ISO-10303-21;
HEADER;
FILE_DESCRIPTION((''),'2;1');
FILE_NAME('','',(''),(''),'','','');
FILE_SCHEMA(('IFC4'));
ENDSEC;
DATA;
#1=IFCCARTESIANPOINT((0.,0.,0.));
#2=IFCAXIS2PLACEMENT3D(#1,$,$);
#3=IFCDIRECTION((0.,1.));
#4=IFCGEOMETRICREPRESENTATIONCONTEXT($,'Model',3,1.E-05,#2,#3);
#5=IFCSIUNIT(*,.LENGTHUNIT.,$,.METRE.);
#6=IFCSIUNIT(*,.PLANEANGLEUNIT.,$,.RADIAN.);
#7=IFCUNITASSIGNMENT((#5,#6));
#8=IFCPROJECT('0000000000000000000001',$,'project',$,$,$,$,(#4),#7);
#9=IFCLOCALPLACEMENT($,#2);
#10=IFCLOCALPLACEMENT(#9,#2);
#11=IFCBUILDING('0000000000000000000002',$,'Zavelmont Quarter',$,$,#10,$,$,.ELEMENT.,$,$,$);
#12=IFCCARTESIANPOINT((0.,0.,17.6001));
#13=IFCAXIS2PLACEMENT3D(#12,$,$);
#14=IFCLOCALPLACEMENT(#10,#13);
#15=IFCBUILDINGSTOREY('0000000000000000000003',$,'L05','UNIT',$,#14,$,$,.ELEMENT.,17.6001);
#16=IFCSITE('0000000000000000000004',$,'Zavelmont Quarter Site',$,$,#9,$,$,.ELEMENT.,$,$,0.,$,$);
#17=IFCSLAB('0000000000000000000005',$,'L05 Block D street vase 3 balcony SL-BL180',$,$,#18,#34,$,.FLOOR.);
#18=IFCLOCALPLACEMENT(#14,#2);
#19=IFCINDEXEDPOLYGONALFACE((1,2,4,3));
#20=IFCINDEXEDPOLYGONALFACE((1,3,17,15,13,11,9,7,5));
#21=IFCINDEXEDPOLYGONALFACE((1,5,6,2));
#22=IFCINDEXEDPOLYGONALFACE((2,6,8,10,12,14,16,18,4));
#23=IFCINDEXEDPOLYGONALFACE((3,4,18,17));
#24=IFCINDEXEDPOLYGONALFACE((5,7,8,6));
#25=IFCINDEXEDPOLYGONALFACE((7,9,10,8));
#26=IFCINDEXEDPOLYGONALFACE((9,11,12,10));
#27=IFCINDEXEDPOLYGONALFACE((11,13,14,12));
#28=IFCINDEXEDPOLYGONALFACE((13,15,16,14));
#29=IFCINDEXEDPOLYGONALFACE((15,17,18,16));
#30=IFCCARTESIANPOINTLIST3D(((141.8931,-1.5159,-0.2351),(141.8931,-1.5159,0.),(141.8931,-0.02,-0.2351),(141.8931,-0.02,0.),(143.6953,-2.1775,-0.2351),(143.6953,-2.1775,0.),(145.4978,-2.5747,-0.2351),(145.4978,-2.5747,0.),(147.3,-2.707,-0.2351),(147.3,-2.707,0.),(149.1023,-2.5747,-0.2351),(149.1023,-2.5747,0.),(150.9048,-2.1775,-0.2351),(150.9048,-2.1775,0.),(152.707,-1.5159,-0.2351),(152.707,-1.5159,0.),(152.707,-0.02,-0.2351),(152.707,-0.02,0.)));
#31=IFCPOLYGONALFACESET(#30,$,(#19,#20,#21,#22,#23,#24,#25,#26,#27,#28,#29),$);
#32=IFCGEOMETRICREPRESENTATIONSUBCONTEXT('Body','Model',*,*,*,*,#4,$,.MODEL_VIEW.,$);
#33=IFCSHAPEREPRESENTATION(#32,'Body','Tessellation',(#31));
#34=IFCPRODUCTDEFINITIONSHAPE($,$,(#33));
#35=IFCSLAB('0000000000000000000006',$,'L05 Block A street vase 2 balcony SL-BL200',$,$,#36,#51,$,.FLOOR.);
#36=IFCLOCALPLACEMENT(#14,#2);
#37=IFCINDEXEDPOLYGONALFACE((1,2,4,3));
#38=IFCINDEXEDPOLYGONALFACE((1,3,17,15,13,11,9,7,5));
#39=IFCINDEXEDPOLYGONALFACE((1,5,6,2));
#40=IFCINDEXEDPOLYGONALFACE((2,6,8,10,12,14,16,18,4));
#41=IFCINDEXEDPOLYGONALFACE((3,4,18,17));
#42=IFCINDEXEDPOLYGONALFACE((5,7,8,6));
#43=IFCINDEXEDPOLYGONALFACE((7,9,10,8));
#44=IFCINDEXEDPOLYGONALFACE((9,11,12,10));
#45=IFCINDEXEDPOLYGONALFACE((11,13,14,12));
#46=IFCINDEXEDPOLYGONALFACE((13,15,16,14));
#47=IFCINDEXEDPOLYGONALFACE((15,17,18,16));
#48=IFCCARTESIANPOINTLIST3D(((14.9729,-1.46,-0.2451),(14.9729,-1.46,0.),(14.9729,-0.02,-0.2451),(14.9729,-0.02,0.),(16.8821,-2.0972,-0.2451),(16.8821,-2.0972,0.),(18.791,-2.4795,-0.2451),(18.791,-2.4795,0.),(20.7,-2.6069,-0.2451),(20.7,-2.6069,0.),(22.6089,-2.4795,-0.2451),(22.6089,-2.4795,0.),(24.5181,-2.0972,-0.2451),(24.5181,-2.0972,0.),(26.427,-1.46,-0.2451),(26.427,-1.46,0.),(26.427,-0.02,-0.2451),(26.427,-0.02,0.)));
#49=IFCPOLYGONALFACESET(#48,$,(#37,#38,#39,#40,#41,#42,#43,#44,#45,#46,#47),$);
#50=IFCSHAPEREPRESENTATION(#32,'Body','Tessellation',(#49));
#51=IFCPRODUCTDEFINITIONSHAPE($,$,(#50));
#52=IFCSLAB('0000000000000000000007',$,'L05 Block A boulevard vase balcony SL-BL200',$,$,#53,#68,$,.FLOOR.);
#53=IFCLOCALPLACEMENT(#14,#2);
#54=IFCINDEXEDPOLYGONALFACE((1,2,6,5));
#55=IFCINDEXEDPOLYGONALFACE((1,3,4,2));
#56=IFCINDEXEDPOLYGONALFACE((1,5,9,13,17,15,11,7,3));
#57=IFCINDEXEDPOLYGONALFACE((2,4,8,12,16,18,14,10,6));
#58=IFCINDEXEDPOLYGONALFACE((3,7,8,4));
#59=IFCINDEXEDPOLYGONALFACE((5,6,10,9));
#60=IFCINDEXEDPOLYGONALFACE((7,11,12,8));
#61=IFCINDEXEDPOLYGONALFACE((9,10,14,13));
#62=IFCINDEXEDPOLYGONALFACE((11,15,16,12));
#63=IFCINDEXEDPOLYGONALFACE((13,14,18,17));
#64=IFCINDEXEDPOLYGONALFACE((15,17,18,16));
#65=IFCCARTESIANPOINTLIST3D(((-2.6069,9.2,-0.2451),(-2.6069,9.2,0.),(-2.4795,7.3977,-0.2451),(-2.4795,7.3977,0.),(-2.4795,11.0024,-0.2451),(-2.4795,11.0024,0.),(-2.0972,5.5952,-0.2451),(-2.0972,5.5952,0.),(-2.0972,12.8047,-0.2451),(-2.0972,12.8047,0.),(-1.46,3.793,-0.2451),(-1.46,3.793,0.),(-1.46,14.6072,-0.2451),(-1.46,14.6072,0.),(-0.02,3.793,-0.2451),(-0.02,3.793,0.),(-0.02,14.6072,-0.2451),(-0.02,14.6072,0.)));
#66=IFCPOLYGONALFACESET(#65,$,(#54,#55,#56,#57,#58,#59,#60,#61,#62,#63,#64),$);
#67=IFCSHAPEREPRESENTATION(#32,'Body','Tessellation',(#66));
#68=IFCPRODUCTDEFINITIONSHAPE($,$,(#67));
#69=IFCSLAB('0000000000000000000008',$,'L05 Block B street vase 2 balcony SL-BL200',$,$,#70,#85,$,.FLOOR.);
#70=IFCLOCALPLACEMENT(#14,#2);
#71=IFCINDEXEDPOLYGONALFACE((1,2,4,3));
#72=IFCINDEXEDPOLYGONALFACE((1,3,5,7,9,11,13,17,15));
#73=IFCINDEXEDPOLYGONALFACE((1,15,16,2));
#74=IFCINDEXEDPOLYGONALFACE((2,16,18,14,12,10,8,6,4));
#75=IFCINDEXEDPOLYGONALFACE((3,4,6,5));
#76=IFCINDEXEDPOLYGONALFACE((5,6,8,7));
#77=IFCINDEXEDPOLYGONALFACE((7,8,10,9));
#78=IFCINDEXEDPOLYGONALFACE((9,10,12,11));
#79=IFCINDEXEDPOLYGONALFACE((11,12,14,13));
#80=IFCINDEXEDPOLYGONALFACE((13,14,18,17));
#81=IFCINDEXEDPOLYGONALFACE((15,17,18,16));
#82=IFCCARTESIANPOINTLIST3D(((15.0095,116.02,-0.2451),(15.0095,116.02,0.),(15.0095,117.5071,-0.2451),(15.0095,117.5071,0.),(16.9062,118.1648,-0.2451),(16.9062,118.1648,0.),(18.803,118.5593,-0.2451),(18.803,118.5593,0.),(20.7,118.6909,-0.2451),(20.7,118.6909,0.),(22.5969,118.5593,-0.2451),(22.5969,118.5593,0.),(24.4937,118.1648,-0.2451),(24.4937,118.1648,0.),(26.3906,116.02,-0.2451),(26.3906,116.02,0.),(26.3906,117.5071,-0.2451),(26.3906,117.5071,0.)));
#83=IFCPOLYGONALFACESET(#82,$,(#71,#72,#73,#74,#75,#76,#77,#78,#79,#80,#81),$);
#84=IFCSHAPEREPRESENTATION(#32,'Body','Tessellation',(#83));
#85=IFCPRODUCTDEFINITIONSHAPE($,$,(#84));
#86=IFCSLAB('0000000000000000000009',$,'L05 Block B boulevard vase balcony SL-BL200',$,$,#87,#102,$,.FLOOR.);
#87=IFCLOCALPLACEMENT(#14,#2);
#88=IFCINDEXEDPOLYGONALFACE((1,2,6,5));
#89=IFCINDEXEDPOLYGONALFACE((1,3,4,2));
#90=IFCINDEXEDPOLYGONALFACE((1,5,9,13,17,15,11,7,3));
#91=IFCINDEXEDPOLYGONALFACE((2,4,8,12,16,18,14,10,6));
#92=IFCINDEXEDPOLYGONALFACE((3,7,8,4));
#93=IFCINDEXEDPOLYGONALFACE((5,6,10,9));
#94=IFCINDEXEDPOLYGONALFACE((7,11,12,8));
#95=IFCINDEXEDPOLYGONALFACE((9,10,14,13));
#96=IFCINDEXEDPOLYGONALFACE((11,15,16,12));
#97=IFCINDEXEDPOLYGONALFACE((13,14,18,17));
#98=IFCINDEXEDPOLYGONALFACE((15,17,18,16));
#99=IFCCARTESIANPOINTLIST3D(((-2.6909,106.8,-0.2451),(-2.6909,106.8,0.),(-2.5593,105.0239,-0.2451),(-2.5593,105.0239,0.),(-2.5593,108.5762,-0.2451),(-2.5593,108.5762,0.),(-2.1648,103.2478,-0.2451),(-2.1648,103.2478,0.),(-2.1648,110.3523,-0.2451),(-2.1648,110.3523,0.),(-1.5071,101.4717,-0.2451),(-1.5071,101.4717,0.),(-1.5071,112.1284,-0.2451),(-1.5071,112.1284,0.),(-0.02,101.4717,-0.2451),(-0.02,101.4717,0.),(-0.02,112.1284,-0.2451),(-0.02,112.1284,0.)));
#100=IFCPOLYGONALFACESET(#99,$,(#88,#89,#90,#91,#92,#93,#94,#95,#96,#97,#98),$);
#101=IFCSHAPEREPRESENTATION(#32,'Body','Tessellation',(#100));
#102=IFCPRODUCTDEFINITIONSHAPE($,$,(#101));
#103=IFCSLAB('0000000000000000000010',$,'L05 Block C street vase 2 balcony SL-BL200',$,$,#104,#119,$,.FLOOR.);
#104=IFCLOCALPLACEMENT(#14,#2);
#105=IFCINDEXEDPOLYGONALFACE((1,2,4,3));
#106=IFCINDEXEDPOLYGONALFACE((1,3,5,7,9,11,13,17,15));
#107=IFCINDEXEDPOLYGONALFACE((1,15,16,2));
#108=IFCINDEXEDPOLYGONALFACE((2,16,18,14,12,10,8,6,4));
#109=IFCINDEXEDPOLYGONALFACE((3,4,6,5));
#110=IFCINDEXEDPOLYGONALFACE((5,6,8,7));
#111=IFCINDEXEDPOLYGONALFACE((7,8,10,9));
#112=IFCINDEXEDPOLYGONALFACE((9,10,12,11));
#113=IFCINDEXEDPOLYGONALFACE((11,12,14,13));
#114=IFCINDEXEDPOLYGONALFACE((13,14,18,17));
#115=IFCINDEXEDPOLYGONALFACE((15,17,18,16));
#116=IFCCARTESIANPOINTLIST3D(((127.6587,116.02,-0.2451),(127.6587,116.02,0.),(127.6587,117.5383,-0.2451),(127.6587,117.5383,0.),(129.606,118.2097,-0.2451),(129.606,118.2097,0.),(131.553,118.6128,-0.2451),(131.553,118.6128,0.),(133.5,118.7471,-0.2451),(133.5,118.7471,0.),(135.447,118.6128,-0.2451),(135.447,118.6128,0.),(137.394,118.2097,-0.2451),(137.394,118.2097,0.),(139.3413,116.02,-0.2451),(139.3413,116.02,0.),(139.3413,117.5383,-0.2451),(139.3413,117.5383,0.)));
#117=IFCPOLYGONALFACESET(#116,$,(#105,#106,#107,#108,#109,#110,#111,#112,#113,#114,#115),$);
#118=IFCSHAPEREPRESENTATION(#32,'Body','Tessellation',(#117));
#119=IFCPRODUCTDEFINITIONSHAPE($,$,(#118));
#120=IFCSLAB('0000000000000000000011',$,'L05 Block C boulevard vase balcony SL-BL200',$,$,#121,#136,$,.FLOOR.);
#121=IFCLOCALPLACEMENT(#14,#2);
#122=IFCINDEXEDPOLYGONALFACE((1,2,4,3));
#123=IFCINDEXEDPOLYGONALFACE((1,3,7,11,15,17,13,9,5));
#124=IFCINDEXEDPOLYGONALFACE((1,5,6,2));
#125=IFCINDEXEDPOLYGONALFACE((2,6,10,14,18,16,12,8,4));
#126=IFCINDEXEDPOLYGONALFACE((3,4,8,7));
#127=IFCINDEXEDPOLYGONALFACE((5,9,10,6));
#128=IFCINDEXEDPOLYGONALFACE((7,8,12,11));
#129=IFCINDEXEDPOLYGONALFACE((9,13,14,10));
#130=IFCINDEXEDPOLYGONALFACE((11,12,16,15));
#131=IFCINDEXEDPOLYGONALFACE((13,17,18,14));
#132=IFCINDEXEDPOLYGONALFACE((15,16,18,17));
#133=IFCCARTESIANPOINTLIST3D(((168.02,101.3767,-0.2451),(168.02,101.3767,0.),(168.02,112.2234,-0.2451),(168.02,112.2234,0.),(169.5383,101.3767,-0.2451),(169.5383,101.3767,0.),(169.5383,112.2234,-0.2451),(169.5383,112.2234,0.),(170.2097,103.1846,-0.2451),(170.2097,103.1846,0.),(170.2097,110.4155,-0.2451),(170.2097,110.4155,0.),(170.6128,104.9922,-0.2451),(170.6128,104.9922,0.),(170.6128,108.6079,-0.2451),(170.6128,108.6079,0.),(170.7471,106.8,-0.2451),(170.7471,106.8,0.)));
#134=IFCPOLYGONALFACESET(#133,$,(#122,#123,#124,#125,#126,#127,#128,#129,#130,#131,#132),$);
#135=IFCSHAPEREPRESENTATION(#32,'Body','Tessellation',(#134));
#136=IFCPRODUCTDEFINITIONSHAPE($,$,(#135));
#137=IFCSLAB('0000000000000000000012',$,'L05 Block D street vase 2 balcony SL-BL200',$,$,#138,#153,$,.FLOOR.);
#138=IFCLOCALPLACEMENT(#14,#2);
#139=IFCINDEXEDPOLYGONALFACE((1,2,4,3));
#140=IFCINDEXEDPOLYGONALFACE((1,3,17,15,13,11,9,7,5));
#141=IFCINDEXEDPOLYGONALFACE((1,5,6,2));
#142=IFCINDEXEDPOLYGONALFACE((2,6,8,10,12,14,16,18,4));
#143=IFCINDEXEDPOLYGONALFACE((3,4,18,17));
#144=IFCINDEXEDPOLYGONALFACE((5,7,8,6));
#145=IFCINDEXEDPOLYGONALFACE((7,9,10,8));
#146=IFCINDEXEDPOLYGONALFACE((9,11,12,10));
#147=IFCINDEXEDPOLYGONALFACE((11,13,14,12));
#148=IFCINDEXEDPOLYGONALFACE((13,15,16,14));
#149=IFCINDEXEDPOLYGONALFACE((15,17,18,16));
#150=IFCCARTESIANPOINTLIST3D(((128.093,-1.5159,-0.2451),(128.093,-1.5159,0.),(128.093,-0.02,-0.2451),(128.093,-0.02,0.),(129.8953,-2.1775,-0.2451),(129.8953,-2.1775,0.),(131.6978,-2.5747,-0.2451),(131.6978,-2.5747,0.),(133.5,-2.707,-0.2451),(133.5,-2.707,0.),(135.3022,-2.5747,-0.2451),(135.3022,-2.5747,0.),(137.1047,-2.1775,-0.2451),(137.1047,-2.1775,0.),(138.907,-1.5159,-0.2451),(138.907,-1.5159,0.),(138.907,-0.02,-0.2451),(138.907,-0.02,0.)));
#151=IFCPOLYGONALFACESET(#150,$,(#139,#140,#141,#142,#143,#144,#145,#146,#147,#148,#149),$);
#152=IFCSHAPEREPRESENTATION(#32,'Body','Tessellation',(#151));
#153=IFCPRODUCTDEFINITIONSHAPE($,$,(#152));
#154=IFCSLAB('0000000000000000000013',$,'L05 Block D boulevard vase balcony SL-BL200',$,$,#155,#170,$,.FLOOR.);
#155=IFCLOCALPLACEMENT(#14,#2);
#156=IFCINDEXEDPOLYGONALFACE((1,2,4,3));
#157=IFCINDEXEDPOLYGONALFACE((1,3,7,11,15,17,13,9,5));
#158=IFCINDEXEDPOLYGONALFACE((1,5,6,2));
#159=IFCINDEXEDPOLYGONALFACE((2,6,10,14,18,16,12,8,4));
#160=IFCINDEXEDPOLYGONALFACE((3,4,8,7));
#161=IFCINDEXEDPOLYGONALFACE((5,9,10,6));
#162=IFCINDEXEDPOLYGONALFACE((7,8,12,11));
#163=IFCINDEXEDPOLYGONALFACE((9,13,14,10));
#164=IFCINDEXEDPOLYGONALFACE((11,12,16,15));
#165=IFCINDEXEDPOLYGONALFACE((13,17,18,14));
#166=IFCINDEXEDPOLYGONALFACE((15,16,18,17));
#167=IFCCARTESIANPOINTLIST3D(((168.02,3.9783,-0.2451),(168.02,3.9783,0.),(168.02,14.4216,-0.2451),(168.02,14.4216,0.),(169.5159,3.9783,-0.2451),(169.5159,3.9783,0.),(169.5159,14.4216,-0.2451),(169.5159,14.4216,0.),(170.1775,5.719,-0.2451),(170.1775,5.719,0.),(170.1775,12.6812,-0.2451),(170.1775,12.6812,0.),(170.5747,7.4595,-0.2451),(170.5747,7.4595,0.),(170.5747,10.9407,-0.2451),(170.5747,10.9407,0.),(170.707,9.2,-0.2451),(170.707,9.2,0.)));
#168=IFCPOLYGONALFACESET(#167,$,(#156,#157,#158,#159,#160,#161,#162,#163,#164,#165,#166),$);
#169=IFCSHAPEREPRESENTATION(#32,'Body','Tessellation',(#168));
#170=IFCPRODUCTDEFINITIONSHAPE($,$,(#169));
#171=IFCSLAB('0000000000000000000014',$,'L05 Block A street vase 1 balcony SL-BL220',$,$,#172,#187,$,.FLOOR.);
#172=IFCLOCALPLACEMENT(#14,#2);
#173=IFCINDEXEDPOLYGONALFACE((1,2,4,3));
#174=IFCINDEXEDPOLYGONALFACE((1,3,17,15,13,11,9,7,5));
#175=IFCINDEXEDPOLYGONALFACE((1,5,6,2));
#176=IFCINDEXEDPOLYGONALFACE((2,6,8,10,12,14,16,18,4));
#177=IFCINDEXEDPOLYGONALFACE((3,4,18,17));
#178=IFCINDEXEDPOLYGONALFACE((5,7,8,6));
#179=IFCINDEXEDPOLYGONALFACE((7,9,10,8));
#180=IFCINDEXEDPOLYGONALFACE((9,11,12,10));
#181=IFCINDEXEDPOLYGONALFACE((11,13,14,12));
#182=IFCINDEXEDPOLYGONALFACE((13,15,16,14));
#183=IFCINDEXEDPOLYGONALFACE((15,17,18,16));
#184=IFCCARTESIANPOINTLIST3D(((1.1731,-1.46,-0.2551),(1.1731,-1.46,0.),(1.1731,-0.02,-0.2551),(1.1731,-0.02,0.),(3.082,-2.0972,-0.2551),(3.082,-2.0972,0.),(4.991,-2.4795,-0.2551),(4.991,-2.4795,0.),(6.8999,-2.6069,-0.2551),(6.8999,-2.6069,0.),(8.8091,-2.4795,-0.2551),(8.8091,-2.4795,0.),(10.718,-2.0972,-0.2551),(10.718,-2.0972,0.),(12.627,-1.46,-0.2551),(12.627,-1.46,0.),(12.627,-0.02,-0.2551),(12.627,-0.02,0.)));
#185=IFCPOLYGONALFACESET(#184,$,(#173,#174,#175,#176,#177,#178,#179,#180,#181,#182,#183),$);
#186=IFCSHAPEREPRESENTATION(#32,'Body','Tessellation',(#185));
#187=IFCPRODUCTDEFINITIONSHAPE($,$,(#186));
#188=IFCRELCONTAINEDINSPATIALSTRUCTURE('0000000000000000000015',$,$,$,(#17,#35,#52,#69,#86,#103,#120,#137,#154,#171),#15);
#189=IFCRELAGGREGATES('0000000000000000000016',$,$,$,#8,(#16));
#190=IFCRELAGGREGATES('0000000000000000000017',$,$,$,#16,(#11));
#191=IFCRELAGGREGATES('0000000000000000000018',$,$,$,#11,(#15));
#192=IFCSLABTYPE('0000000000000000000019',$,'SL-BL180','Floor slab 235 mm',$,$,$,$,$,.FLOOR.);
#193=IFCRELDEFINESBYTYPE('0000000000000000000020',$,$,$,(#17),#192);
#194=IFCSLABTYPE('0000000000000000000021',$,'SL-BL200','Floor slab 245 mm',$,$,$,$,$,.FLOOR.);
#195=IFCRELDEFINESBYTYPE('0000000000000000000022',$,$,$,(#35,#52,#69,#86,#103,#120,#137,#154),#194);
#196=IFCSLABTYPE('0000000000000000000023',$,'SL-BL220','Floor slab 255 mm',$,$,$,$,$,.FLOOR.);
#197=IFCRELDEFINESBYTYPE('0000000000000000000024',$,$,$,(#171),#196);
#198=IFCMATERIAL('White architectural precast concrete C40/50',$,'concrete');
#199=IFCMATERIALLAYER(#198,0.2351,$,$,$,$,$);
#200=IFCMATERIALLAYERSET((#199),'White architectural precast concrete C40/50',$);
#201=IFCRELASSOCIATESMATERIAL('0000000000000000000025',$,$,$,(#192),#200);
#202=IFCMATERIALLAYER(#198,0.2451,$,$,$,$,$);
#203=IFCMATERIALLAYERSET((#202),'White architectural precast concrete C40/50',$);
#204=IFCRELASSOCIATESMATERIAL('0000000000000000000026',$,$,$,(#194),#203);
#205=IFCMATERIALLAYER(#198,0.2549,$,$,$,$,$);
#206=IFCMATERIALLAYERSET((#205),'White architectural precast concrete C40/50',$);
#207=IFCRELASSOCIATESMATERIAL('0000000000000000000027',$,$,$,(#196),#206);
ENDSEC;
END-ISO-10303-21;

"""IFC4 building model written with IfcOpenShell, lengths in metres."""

from ifc_helpers import new_model, si_unit, direction, frame, origin, place, context, subcontext, project, spatial, polyline, outline, extrude, material, layer, layer_set, type_object, element, save


model = new_model("IFC4")

# Units and contexts
model_context = context("Model", 3, precision=1e-05, world=origin(), true_north=direction((0.0, 1.0)))
body_context = subcontext(model_context, "Body", "Model", "MODEL_VIEW")
ifc_project = project(units=[si_unit("LENGTHUNIT", "METRE"), si_unit("PLANEANGLEUNIT", "RADIAN")], contexts=[model_context])

# Site, building, storey
site_placement = place(None, origin())
site = spatial("IfcSite", under=ifc_project, at=site_placement, Name="Zavelmont Quarter Site", CompositionType="ELEMENT", RefElevation=0.0)
building_placement = place(site_placement, origin())
building = spatial("IfcBuilding", under=site, at=building_placement, Name="Zavelmont Quarter", CompositionType="ELEMENT")
storey_placement = place(building_placement, frame((0.0, 0.0, 17.6001)))
storey = spatial("IfcBuildingStorey", under=building, at=storey_placement, Name="L05", Description="UNIT", CompositionType="ELEMENT", Elevation=17.6001)

# Slabs
ifc_material_1 = material(Name="White architectural precast concrete C40/50", Category="concrete")
ifc_layer_1 = layer(ifc_material_1, 0.2351)
ifc_layer_set_1 = layer_set([ifc_layer_1], Name="White architectural precast concrete C40/50")
slab_type_1 = type_object("IfcSlabType", Name="SL-BL180", Description="Floor slab 235 mm", PredefinedType="FLOOR", material=ifc_layer_set_1)
slab_1_placement = place(storey_placement, frame((0.0, 0.0, -0.2351)))
element("IfcSlab", 1, at=slab_1_placement, inside=storey, type_object=slab_type_1, Name="L05 Block D street vase 3 balcony SL-BL180", PredefinedType="FLOOR", context=body_context, shape_type="SweptSolid", body=[
    extrude(outline(polyline([(141.8931, -0.02), (141.8931, -1.5159), (143.6953, -2.1775), (145.4978, -2.5747), (147.3, -2.707), (149.1023, -2.5747), (150.9048, -2.1775), (152.707, -1.5159), (152.707, -0.02), (141.8931, -0.02)])), origin(), (0.0, 0.0, 1.0), 0.2351),
])
ifc_layer_2 = layer(ifc_material_1, 0.2451)
ifc_layer_set_2 = layer_set([ifc_layer_2], Name="White architectural precast concrete C40/50")
slab_type_2 = type_object("IfcSlabType", Name="SL-BL200", Description="Floor slab 245 mm", PredefinedType="FLOOR", material=ifc_layer_set_2)
slab_2_placement = place(storey_placement, frame((0.0, 0.0, -0.2451)))
element("IfcSlab", 2, at=slab_2_placement, inside=storey, type_object=slab_type_2, Name="L05 Block A street vase 2 balcony SL-BL200", PredefinedType="FLOOR", context=body_context, shape_type="SweptSolid", body=[
    extrude(outline(polyline([(14.9729, -0.02), (14.9729, -1.46), (16.8821, -2.0972), (18.791, -2.4795), (20.7, -2.6069), (22.6089, -2.4795), (24.5181, -2.0972), (26.427, -1.46), (26.427, -0.02), (14.9729, -0.02)])), origin(), (0.0, 0.0, 1.0), 0.2451),
])
slab_3_placement = place(storey_placement, frame((0.0, 0.0, -0.2451)))
element("IfcSlab", 3, at=slab_3_placement, inside=storey, type_object=slab_type_2, Name="L05 Block A boulevard vase balcony SL-BL200", PredefinedType="FLOOR", context=body_context, shape_type="SweptSolid", body=[
    extrude(outline(polyline([(-0.02, 14.6072), (-1.46, 14.6072), (-2.0972, 12.8047), (-2.4795, 11.0024), (-2.6069, 9.2), (-2.4795, 7.3977), (-2.0972, 5.5952), (-1.46, 3.793), (-0.02, 3.793), (-0.02, 14.6072)])), origin(), (0.0, 0.0, 1.0), 0.2451),
])
slab_4_placement = place(storey_placement, frame((0.0, 0.0, -0.2451)))
element("IfcSlab", 4, at=slab_4_placement, inside=storey, type_object=slab_type_2, Name="L05 Block B street vase 2 balcony SL-BL200", PredefinedType="FLOOR", context=body_context, shape_type="SweptSolid", body=[
    extrude(outline(polyline([(26.3906, 116.02), (26.3906, 117.5071), (24.4937, 118.1648), (22.5969, 118.5593), (20.7, 118.6909), (18.803, 118.5593), (16.9062, 118.1648), (15.0095, 117.5071), (15.0095, 116.02), (26.3906, 116.02)])), origin(), (0.0, 0.0, 1.0), 0.2451),
])
slab_5_placement = place(storey_placement, frame((0.0, 0.0, -0.2451)))
element("IfcSlab", 5, at=slab_5_placement, inside=storey, type_object=slab_type_2, Name="L05 Block B boulevard vase balcony SL-BL200", PredefinedType="FLOOR", context=body_context, shape_type="SweptSolid", body=[
    extrude(outline(polyline([(-0.02, 112.1284), (-1.5071, 112.1284), (-2.1648, 110.3523), (-2.5593, 108.5762), (-2.6909, 106.8), (-2.5593, 105.0239), (-2.1648, 103.2478), (-1.5071, 101.4717), (-0.02, 101.4717), (-0.02, 112.1284)])), origin(), (0.0, 0.0, 1.0), 0.2451),
])
slab_6_placement = place(storey_placement, frame((0.0, 0.0, -0.2451)))
element("IfcSlab", 6, at=slab_6_placement, inside=storey, type_object=slab_type_2, Name="L05 Block C street vase 2 balcony SL-BL200", PredefinedType="FLOOR", context=body_context, shape_type="SweptSolid", body=[
    extrude(outline(polyline([(139.3413, 116.02), (139.3413, 117.5383), (137.394, 118.2097), (135.447, 118.6128), (133.5, 118.7471), (131.553, 118.6128), (129.606, 118.2097), (127.6587, 117.5383), (127.6587, 116.02), (139.3413, 116.02)])), origin(), (0.0, 0.0, 1.0), 0.2451),
])
slab_7_placement = place(storey_placement, frame((0.0, 0.0, -0.2451)))
element("IfcSlab", 7, at=slab_7_placement, inside=storey, type_object=slab_type_2, Name="L05 Block C boulevard vase balcony SL-BL200", PredefinedType="FLOOR", context=body_context, shape_type="SweptSolid", body=[
    extrude(outline(polyline([(168.02, 101.3767), (169.5383, 101.3767), (170.2097, 103.1846), (170.6128, 104.9922), (170.7471, 106.8), (170.6128, 108.6079), (170.2097, 110.4155), (169.5383, 112.2234), (168.02, 112.2234), (168.02, 101.3767)])), origin(), (0.0, 0.0, 1.0), 0.2451),
])
slab_8_placement = place(storey_placement, frame((0.0, 0.0, -0.2451)))
element("IfcSlab", 8, at=slab_8_placement, inside=storey, type_object=slab_type_2, Name="L05 Block D street vase 2 balcony SL-BL200", PredefinedType="FLOOR", context=body_context, shape_type="SweptSolid", body=[
    extrude(outline(polyline([(128.093, -0.02), (128.093, -1.5159), (129.8953, -2.1775), (131.6978, -2.5747), (133.5, -2.707), (135.3022, -2.5747), (137.1047, -2.1775), (138.907, -1.5159), (138.907, -0.02), (128.093, -0.02)])), origin(), (0.0, 0.0, 1.0), 0.2451),
])
slab_9_placement = place(storey_placement, frame((0.0, 0.0, -0.2451)))
element("IfcSlab", 9, at=slab_9_placement, inside=storey, type_object=slab_type_2, Name="L05 Block D boulevard vase balcony SL-BL200", PredefinedType="FLOOR", context=body_context, shape_type="SweptSolid", body=[
    extrude(outline(polyline([(168.02, 3.9783), (169.5159, 3.9783), (170.1775, 5.719), (170.5747, 7.4595), (170.707, 9.2), (170.5747, 10.9407), (170.1775, 12.6812), (169.5159, 14.4216), (168.02, 14.4216), (168.02, 3.9783)])), origin(), (0.0, 0.0, 1.0), 0.2451),
])
ifc_layer_3 = layer(ifc_material_1, 0.2549)
ifc_layer_set_3 = layer_set([ifc_layer_3], Name="White architectural precast concrete C40/50")
slab_type_3 = type_object("IfcSlabType", Name="SL-BL220", Description="Floor slab 255 mm", PredefinedType="FLOOR", material=ifc_layer_set_3)
slab_10_placement = place(storey_placement, frame((0.0, 0.0, -0.2551)))
element("IfcSlab", 10, at=slab_10_placement, inside=storey, type_object=slab_type_3, Name="L05 Block A street vase 1 balcony SL-BL220", PredefinedType="FLOOR", context=body_context, shape_type="SweptSolid", body=[
    extrude(outline(polyline([(1.1731, -0.02), (1.1731, -1.46), (3.082, -2.0972), (4.991, -2.4795), (6.8999, -2.6069), (8.8091, -2.4795), (10.718, -2.0972), (12.627, -1.46), (12.627, -0.02), (1.1731, -0.02)])), origin(), (0.0, 0.0, 1.0), 0.2551),
])

save(model, "model.ifc")
